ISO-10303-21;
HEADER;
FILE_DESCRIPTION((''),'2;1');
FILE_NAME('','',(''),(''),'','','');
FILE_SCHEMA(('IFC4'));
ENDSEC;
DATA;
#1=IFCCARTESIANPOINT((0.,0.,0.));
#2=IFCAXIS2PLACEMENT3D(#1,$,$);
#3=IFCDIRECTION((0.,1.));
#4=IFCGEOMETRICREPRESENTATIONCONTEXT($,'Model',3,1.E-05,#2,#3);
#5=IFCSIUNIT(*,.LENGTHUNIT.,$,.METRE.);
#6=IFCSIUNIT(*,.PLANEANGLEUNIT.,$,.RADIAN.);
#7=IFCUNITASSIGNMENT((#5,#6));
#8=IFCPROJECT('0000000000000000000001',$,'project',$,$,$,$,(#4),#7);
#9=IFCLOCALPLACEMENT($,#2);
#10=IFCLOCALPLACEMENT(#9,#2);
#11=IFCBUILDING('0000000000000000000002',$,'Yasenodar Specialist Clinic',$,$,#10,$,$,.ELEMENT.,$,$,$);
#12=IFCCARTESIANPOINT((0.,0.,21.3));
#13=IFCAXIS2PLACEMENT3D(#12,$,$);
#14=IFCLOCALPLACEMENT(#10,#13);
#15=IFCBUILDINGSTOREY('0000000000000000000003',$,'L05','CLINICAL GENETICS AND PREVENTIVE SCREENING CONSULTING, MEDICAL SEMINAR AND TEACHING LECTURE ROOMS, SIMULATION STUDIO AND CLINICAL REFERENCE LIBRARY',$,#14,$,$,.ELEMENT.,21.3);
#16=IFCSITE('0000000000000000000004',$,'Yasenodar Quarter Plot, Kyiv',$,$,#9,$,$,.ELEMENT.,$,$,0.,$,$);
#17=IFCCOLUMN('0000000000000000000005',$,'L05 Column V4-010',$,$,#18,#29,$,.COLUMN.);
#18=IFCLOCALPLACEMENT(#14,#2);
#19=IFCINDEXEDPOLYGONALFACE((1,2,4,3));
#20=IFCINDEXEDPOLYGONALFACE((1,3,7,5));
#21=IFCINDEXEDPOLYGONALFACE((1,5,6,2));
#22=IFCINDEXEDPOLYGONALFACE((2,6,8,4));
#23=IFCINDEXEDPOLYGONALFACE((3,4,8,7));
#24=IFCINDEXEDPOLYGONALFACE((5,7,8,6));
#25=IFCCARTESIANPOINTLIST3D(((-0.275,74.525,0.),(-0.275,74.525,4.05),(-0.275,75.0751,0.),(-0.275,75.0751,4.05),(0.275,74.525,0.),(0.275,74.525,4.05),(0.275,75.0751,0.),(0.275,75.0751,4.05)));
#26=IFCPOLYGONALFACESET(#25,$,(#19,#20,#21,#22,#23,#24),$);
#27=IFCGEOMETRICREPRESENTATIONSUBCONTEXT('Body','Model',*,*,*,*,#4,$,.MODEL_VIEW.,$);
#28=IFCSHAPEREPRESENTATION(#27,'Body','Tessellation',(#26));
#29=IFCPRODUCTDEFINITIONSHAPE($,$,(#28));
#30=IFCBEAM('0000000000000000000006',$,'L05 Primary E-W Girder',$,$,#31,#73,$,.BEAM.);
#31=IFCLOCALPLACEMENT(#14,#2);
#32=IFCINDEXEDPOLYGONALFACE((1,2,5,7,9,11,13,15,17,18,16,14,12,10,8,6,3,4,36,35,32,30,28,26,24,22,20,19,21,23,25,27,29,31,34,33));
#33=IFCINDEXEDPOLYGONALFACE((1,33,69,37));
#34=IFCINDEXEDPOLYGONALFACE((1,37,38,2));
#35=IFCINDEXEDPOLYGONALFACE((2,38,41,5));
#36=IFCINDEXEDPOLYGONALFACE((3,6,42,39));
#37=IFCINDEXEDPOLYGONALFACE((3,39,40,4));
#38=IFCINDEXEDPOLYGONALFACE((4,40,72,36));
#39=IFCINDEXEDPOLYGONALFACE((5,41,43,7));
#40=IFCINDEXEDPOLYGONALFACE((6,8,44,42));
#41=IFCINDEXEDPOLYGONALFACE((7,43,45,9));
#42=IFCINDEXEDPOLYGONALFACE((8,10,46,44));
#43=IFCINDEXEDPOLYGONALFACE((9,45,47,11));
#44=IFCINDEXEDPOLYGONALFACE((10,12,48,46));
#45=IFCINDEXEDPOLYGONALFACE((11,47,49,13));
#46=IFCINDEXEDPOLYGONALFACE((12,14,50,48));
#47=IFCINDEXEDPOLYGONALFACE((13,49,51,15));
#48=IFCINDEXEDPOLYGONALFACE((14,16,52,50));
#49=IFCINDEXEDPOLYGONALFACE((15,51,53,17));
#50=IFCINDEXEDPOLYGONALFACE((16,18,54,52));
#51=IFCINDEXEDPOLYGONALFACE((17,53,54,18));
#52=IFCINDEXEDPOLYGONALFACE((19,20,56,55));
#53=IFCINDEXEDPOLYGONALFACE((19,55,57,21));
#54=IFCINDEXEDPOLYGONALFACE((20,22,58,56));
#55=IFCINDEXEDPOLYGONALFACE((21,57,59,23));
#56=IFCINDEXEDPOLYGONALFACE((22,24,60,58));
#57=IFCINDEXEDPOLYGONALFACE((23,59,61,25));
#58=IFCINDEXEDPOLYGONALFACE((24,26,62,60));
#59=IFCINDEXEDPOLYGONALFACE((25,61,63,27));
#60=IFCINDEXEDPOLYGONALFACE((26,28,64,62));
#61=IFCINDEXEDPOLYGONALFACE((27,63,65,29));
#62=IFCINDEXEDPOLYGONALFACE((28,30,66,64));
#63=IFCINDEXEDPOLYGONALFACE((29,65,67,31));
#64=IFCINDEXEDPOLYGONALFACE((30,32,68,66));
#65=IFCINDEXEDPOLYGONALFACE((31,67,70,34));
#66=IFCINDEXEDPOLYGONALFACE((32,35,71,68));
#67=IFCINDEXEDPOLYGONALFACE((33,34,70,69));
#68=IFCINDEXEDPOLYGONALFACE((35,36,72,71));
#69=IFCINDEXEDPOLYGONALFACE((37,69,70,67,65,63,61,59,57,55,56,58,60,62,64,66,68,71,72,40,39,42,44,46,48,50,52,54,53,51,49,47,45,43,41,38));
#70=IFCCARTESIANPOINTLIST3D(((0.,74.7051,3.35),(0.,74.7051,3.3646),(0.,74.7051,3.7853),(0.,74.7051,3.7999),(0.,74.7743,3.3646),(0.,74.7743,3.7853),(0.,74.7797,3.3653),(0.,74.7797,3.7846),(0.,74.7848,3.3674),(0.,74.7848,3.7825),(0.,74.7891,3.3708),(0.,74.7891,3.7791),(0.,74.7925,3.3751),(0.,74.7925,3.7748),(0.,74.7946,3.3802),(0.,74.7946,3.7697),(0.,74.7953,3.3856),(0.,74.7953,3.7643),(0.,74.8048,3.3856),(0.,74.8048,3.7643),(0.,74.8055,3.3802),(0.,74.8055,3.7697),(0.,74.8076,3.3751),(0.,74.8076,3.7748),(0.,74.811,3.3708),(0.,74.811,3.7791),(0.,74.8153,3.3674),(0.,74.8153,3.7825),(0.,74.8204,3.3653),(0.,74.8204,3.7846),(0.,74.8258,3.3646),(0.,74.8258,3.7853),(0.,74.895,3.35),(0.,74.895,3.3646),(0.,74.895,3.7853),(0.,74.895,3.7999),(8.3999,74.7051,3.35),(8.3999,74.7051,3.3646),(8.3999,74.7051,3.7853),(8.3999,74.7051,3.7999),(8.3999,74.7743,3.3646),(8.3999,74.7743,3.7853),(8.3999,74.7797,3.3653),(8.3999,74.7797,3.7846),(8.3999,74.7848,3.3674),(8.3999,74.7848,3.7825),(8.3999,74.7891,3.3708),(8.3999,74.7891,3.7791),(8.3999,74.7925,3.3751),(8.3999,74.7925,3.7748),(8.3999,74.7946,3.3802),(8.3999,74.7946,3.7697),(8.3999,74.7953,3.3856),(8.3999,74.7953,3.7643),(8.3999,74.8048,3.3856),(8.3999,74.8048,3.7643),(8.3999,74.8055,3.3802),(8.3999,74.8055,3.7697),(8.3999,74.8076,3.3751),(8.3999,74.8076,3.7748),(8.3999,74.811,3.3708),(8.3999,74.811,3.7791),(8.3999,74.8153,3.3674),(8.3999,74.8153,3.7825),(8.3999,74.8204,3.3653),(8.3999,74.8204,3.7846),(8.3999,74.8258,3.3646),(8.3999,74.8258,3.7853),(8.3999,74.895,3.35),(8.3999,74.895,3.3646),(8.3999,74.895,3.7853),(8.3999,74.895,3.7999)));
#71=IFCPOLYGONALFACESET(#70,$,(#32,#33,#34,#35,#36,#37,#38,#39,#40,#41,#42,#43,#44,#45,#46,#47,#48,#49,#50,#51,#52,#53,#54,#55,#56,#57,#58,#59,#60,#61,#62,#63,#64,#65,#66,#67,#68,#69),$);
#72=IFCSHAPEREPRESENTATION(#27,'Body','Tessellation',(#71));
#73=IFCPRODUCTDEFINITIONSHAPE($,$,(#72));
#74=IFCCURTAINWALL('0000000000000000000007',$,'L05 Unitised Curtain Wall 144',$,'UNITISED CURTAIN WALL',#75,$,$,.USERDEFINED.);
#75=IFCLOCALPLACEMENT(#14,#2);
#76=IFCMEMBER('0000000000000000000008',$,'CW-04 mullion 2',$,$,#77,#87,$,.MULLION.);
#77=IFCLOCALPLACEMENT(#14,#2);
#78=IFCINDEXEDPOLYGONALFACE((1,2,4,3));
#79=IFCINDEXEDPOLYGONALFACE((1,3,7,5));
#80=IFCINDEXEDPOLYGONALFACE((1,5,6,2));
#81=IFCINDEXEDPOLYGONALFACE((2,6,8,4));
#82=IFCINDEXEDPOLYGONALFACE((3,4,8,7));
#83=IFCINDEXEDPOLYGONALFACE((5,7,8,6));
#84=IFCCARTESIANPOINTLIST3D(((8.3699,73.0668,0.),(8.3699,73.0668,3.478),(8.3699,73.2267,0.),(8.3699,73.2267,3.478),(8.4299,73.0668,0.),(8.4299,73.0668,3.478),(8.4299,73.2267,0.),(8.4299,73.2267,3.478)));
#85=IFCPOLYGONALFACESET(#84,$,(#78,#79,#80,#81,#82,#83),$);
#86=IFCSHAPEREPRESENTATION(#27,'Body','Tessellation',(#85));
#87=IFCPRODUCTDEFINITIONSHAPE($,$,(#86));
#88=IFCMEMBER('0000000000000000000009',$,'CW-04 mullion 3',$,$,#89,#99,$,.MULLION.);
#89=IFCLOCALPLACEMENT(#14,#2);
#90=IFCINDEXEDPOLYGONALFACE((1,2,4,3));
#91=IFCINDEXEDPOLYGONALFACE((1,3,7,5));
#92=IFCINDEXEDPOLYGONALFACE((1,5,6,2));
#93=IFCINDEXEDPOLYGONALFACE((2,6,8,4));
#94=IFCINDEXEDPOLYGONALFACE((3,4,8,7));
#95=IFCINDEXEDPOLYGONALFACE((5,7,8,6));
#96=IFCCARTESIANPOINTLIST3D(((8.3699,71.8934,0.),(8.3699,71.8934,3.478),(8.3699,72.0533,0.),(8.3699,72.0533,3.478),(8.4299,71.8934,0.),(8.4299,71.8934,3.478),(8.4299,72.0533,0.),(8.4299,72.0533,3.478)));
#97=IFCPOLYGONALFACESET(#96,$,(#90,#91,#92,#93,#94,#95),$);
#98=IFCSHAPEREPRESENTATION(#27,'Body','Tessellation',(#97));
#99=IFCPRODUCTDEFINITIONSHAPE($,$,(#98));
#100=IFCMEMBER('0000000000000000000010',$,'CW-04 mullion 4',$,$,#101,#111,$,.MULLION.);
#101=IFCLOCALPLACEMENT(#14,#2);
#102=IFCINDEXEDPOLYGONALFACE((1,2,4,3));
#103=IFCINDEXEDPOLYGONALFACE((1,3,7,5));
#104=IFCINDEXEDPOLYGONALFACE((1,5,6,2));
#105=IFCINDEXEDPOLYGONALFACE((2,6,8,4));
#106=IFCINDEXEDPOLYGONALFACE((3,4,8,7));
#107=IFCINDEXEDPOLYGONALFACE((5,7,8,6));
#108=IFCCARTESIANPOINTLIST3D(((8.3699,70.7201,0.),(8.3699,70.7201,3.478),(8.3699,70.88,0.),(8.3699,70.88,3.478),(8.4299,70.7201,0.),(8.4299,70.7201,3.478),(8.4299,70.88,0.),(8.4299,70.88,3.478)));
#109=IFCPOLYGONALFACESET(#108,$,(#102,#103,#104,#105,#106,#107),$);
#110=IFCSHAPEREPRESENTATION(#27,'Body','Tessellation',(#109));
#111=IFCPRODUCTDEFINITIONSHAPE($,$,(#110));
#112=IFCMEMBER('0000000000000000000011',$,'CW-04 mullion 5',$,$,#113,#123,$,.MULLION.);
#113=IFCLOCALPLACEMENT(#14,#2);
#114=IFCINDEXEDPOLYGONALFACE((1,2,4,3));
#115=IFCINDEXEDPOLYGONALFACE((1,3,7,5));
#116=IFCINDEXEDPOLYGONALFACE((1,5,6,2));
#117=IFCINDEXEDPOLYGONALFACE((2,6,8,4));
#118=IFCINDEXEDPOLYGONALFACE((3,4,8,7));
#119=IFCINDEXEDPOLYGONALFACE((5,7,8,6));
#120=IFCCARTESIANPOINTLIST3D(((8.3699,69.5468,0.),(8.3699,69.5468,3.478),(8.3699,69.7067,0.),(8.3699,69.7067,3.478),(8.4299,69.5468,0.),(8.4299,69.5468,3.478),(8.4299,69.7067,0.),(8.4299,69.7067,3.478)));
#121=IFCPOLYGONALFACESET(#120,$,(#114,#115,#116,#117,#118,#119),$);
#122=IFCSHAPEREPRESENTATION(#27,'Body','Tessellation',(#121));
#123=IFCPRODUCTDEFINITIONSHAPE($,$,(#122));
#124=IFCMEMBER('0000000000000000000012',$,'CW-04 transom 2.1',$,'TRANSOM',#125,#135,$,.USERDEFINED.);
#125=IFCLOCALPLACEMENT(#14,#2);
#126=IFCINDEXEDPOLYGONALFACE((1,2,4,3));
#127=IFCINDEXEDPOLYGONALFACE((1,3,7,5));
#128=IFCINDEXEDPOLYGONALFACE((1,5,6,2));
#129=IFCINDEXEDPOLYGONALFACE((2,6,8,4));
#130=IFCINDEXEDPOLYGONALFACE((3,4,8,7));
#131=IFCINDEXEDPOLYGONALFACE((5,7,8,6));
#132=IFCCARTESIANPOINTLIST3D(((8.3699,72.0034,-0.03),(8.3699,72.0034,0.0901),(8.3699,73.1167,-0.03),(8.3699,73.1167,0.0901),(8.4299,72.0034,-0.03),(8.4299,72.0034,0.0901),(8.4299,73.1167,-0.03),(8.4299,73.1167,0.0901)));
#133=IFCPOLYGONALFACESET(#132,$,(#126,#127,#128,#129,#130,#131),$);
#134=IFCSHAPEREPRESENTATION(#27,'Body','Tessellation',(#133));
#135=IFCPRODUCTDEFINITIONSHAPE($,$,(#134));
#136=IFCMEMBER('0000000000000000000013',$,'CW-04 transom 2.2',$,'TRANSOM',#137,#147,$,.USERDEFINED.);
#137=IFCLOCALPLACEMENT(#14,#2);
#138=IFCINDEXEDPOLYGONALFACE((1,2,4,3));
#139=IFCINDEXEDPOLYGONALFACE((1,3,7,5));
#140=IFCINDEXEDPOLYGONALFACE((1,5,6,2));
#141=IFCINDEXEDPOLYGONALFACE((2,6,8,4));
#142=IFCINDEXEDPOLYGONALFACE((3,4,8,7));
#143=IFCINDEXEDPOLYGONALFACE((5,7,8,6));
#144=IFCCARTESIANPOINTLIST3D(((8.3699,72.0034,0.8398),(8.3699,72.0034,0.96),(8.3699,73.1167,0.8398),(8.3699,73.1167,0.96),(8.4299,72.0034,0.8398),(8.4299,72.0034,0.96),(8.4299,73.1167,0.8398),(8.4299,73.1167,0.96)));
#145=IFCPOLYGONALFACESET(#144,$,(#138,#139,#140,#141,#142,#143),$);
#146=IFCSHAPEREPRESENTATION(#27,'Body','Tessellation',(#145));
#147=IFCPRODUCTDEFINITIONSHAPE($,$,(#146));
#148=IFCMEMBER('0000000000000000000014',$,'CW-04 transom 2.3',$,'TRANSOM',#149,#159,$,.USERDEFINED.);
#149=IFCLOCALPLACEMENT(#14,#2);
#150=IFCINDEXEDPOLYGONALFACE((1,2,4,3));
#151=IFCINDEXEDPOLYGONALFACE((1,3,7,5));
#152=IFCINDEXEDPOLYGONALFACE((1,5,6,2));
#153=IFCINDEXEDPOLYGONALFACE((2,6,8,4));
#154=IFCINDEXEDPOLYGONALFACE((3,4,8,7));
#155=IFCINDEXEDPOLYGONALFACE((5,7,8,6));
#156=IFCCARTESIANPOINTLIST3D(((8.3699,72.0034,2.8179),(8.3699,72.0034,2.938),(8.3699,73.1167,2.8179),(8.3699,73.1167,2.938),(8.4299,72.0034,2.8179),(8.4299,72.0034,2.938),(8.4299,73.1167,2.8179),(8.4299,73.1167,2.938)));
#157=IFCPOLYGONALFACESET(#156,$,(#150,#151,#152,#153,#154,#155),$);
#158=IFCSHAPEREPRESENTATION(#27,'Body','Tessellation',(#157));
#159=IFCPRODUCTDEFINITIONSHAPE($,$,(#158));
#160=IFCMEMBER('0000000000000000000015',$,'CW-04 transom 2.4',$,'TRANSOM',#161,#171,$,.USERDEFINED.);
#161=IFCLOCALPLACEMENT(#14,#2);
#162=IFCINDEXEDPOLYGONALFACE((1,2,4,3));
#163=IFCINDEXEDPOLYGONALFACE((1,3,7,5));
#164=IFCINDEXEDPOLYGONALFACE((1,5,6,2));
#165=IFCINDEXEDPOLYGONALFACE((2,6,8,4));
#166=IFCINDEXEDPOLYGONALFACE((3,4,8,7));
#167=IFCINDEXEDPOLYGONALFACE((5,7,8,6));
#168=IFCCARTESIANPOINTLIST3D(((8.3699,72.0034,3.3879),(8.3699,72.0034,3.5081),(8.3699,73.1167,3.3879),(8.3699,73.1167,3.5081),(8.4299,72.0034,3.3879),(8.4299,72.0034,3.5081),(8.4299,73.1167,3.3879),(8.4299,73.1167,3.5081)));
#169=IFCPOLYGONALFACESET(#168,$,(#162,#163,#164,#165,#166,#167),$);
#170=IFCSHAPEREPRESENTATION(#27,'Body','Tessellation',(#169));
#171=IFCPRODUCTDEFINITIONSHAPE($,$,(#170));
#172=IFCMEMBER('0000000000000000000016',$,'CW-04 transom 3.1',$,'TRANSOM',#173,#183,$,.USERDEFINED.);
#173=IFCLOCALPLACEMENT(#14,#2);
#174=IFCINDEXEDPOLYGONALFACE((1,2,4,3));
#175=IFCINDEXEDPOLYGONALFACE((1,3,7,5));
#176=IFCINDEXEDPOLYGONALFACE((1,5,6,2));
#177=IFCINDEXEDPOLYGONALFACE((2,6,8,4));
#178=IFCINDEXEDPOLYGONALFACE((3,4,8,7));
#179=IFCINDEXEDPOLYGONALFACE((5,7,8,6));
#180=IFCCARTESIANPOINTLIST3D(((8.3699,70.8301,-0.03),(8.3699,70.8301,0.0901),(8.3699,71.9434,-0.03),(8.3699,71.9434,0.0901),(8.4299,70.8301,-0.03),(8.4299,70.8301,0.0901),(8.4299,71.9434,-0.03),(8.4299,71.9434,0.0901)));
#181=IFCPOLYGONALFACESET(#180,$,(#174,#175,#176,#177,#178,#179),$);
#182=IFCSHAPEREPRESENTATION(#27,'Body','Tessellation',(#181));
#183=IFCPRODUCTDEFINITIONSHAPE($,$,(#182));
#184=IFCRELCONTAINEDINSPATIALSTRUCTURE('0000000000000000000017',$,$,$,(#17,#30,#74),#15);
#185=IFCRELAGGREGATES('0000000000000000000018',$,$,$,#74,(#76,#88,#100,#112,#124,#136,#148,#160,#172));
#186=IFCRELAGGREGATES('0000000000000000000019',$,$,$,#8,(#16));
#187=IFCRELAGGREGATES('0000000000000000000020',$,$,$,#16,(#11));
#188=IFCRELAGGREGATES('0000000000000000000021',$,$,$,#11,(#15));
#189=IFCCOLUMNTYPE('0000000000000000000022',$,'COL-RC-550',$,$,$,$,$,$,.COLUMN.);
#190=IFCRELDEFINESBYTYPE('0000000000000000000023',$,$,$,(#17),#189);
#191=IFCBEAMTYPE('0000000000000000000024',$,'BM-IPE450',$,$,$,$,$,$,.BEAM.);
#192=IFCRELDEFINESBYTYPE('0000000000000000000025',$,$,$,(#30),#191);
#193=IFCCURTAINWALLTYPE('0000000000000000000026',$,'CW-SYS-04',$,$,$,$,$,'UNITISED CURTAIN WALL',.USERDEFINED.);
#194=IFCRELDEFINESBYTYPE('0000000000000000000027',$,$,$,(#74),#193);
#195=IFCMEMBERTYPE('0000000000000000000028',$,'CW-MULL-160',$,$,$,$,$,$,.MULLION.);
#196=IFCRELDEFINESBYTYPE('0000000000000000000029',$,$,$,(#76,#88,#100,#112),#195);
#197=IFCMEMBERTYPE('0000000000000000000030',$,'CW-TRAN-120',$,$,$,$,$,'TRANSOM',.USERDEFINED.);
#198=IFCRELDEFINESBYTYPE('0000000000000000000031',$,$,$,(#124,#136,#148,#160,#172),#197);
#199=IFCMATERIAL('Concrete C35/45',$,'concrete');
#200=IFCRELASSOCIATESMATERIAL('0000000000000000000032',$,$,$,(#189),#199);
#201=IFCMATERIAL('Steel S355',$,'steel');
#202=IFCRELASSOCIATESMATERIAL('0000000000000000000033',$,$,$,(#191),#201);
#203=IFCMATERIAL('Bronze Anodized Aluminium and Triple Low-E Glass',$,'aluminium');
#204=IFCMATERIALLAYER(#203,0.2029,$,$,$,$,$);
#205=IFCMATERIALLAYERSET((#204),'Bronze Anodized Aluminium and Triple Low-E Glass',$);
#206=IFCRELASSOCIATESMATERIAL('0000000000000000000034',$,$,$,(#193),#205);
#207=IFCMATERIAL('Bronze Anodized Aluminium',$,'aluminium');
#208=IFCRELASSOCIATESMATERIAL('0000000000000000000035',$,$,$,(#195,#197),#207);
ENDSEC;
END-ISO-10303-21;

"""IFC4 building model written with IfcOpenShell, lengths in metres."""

from ifc_helpers import new_model, si_unit, direction, frame, origin, origin_2d, place, context, subcontext, project, spatial, rectangle, i_section, extrude, material, layer, layer_set, material_profile, profile_set, type_object, element, aggregate, save


model = new_model("IFC4")

# Units and contexts
model_context = context("Model", 3, precision=1e-05, world=origin(), true_north=direction((0.0, 1.0)))
body_context = subcontext(model_context, "Body", "Model", "MODEL_VIEW")
ifc_project = project(units=[si_unit("LENGTHUNIT", "METRE"), si_unit("PLANEANGLEUNIT", "RADIAN")], contexts=[model_context])

# Site, building, storey
site_placement = place(None, origin())
site = spatial("IfcSite", under=ifc_project, at=site_placement, Name="Yasenodar Quarter Plot, Kyiv", CompositionType="ELEMENT", RefElevation=0.0)
building_placement = place(site_placement, origin())
building = spatial("IfcBuilding", under=site, at=building_placement, Name="Yasenodar Specialist Clinic", CompositionType="ELEMENT")
storey_placement = place(building_placement, frame((0.0, 0.0, 21.3)))
storey = spatial("IfcBuildingStorey", under=building, at=storey_placement, Name="L05", Description="CLINICAL GENETICS AND PREVENTIVE SCREENING CONSULTING, MEDICAL SEMINAR AND TEACHING LECTURE ROOMS, SIMULATION STUDIO AND CLINICAL REFERENCE LIBRARY", CompositionType="ELEMENT", Elevation=21.3)

# Column
ifc_material_1 = material(Name="Concrete C35/45", Category="concrete")
ifc_material_profile_1 = material_profile(ifc_material_1, rectangle(XDim=0.55, YDim=0.55, at=origin_2d()), Name="RC 550x550")
ifc_profile_set_1 = profile_set([ifc_material_profile_1], Name="Concrete C35/45")
column_type = type_object("IfcColumnType", Name="COL-RC-550", PredefinedType="COLUMN", material=ifc_profile_set_1)
column_placement = place(storey_placement, frame((0.0, 74.8, 0.0), z_axis=(0.0, 0.0, 1.0), x_axis=(1.0, 0.0, 0.0)))
element("IfcColumn", 1, at=column_placement, inside=storey, type_object=column_type, Name="L05 Column V4-010", PredefinedType="COLUMN", context=body_context, shape_type="SweptSolid", body=[
    extrude(rectangle(XDim=0.55, YDim=0.55, at=origin_2d()), origin(), (0.0, 0.0, 1.0), 4.05),
])

# Beam
ifc_material_2 = material(Name="Steel S355", Category="steel")
ifc_material_profile_2 = material_profile(ifc_material_2, i_section(OverallWidth=0.1899, OverallDepth=0.45, WebThickness=0.0095, FlangeThickness=0.0146, FilletRadius=0.021, at=origin_2d()), Name="IPE 450")
ifc_profile_set_2 = profile_set([ifc_material_profile_2], Name="Steel S355")
beam_type_1 = type_object("IfcBeamType", Name="BM-IPE450", PredefinedType="BEAM", material=ifc_profile_set_2)
beam_1_placement = place(storey_placement, frame((0.0, 74.8, 3.575), z_axis=(1.0, 0.0, 0.0), x_axis=(0.0, 1.0, 0.0)))
element("IfcBeam", 2, at=beam_1_placement, inside=storey, type_object=beam_type_1, Name="L05 Primary E-W Girder", PredefinedType="BEAM", context=body_context, shape_type="SweptSolid", body=[
    extrude(i_section(OverallWidth=0.1899, OverallDepth=0.45, WebThickness=0.0095, FlangeThickness=0.0146, FilletRadius=0.021, at=origin_2d()), origin(), (0.0, 0.0, 1.0), 8.3999),
])

# Curtain wall, members
ifc_material_3 = material(Name="Bronze Anodized Aluminium and Triple Low-E Glass", Category="aluminium")
ifc_layer_1 = layer(ifc_material_3, 0.2029)
ifc_layer_set_1 = layer_set([ifc_layer_1], Name="Bronze Anodized Aluminium and Triple Low-E Glass")
curtain_wall_type = type_object("IfcCurtainWallType", Name="CW-SYS-04", ElementType="UNITISED CURTAIN WALL", PredefinedType="USERDEFINED", material=ifc_layer_set_1)
curtain_wall_placement = place(storey_placement, origin())
curtain_wall = element("IfcCurtainWall", 3, at=curtain_wall_placement, inside=storey, type_object=curtain_wall_type, Name="L05 Unitised Curtain Wall 144", ObjectType="UNITISED CURTAIN WALL", PredefinedType="USERDEFINED")
ifc_material_4 = material(Name="Bronze Anodized Aluminium", Category="aluminium")
ifc_material_profile_3 = material_profile(ifc_material_4, rectangle(XDim=0.0601, YDim=0.1599, at=origin_2d()), Name="CW-MULL 60x160")
ifc_profile_set_3 = profile_set([ifc_material_profile_3], Name="Bronze Anodized Aluminium")
member_type_1 = type_object("IfcMemberType", Name="CW-MULL-160", PredefinedType="MULLION", material=ifc_profile_set_3)
member_1_placement = place(storey_placement, frame((8.3999, 73.1467, 0.0), z_axis=(0.0, 0.0, 1.0), x_axis=(1.0, 0.0, 0.0)))
member_1 = element("IfcMember", 4, at=member_1_placement, type_object=member_type_1, Name="CW-04 mullion 2", PredefinedType="MULLION", context=body_context, shape_type="SweptSolid", body=[
    extrude(rectangle(XDim=0.0601, YDim=0.1599, at=origin_2d()), origin(), (0.0, 0.0, 1.0), 3.478),
])
member_2_placement = place(storey_placement, frame((8.3999, 71.9734, 0.0), z_axis=(0.0, 0.0, 1.0), x_axis=(1.0, 0.0, 0.0)))
member_2 = element("IfcMember", 5, at=member_2_placement, type_object=member_type_1, Name="CW-04 mullion 3", PredefinedType="MULLION", context=body_context, shape_type="SweptSolid", body=[
    extrude(rectangle(XDim=0.0601, YDim=0.1599, at=origin_2d()), origin(), (0.0, 0.0, 1.0), 3.478),
])
member_3_placement = place(storey_placement, frame((8.3999, 70.8, 0.0), z_axis=(0.0, 0.0, 1.0), x_axis=(1.0, 0.0, 0.0)))
member_3 = element("IfcMember", 6, at=member_3_placement, type_object=member_type_1, Name="CW-04 mullion 4", PredefinedType="MULLION", context=body_context, shape_type="SweptSolid", body=[
    extrude(rectangle(XDim=0.0601, YDim=0.1599, at=origin_2d()), origin(), (0.0, 0.0, 1.0), 3.478),
])
member_4_placement = place(storey_placement, frame((8.3999, 69.6267, 0.0), z_axis=(0.0, 0.0, 1.0), x_axis=(1.0, 0.0, 0.0)))
member_4 = element("IfcMember", 7, at=member_4_placement, type_object=member_type_1, Name="CW-04 mullion 5", PredefinedType="MULLION", context=body_context, shape_type="SweptSolid", body=[
    extrude(rectangle(XDim=0.0601, YDim=0.1599, at=origin_2d()), origin(), (0.0, 0.0, 1.0), 3.478),
])
ifc_material_profile_4 = material_profile(ifc_material_4, rectangle(XDim=0.0601, YDim=0.1201, at=origin_2d()), Name="CW-TRAN 60x120")
ifc_profile_set_4 = profile_set([ifc_material_profile_4], Name="Bronze Anodized Aluminium")
member_type_2 = type_object("IfcMemberType", Name="CW-TRAN-120", ElementType="TRANSOM", PredefinedType="USERDEFINED", material=ifc_profile_set_4)
member_5_placement = place(storey_placement, frame((8.3999, 73.1167, 0.03), z_axis=(0.0, -1.0, 0.0), x_axis=(1.0, 0.0, 0.0)))
member_5 = element("IfcMember", 8, at=member_5_placement, type_object=member_type_2, Name="CW-04 transom 2.1", ObjectType="TRANSOM", PredefinedType="USERDEFINED", context=body_context, shape_type="SweptSolid", body=[
    extrude(rectangle(XDim=0.0601, YDim=0.1201, at=origin_2d()), origin(), (0.0, 0.0, 1.0), 1.1133),
])
member_6_placement = place(storey_placement, frame((8.3999, 73.1167, 0.8999), z_axis=(0.0, -1.0, 0.0), x_axis=(1.0, 0.0, 0.0)))
member_6 = element("IfcMember", 9, at=member_6_placement, type_object=member_type_2, Name="CW-04 transom 2.2", ObjectType="TRANSOM", PredefinedType="USERDEFINED", context=body_context, shape_type="SweptSolid", body=[
    extrude(rectangle(XDim=0.0601, YDim=0.1201, at=origin_2d()), origin(), (0.0, 0.0, 1.0), 1.1133),
])
member_7_placement = place(storey_placement, frame((8.3999, 73.1167, 2.8779), z_axis=(0.0, -1.0, 0.0), x_axis=(1.0, 0.0, 0.0)))
member_7 = element("IfcMember", 10, at=member_7_placement, type_object=member_type_2, Name="CW-04 transom 2.3", ObjectType="TRANSOM", PredefinedType="USERDEFINED", context=body_context, shape_type="SweptSolid", body=[
    extrude(rectangle(XDim=0.0601, YDim=0.1201, at=origin_2d()), origin(), (0.0, 0.0, 1.0), 1.1133),
])
member_8_placement = place(storey_placement, frame((8.3999, 73.1167, 3.448), z_axis=(0.0, -1.0, 0.0), x_axis=(1.0, 0.0, 0.0)))
member_8 = element("IfcMember", 11, at=member_8_placement, type_object=member_type_2, Name="CW-04 transom 2.4", ObjectType="TRANSOM", PredefinedType="USERDEFINED", context=body_context, shape_type="SweptSolid", body=[
    extrude(rectangle(XDim=0.0601, YDim=0.1201, at=origin_2d()), origin(), (0.0, 0.0, 1.0), 1.1133),
])
member_9_placement = place(storey_placement, frame((8.3999, 71.9434, 0.03), z_axis=(0.0, -1.0, 0.0), x_axis=(1.0, 0.0, 0.0)))
member_9 = element("IfcMember", 12, at=member_9_placement, type_object=member_type_2, Name="CW-04 transom 3.1", ObjectType="TRANSOM", PredefinedType="USERDEFINED", context=body_context, shape_type="SweptSolid", body=[
    extrude(rectangle(XDim=0.0601, YDim=0.1201, at=origin_2d()), origin(), (0.0, 0.0, 1.0), 1.1133),
])

aggregate(curtain_wall, [member_1, member_2, member_3, member_4, member_5, member_6, member_7, member_8, member_9])

save(model, "model.ifc")
